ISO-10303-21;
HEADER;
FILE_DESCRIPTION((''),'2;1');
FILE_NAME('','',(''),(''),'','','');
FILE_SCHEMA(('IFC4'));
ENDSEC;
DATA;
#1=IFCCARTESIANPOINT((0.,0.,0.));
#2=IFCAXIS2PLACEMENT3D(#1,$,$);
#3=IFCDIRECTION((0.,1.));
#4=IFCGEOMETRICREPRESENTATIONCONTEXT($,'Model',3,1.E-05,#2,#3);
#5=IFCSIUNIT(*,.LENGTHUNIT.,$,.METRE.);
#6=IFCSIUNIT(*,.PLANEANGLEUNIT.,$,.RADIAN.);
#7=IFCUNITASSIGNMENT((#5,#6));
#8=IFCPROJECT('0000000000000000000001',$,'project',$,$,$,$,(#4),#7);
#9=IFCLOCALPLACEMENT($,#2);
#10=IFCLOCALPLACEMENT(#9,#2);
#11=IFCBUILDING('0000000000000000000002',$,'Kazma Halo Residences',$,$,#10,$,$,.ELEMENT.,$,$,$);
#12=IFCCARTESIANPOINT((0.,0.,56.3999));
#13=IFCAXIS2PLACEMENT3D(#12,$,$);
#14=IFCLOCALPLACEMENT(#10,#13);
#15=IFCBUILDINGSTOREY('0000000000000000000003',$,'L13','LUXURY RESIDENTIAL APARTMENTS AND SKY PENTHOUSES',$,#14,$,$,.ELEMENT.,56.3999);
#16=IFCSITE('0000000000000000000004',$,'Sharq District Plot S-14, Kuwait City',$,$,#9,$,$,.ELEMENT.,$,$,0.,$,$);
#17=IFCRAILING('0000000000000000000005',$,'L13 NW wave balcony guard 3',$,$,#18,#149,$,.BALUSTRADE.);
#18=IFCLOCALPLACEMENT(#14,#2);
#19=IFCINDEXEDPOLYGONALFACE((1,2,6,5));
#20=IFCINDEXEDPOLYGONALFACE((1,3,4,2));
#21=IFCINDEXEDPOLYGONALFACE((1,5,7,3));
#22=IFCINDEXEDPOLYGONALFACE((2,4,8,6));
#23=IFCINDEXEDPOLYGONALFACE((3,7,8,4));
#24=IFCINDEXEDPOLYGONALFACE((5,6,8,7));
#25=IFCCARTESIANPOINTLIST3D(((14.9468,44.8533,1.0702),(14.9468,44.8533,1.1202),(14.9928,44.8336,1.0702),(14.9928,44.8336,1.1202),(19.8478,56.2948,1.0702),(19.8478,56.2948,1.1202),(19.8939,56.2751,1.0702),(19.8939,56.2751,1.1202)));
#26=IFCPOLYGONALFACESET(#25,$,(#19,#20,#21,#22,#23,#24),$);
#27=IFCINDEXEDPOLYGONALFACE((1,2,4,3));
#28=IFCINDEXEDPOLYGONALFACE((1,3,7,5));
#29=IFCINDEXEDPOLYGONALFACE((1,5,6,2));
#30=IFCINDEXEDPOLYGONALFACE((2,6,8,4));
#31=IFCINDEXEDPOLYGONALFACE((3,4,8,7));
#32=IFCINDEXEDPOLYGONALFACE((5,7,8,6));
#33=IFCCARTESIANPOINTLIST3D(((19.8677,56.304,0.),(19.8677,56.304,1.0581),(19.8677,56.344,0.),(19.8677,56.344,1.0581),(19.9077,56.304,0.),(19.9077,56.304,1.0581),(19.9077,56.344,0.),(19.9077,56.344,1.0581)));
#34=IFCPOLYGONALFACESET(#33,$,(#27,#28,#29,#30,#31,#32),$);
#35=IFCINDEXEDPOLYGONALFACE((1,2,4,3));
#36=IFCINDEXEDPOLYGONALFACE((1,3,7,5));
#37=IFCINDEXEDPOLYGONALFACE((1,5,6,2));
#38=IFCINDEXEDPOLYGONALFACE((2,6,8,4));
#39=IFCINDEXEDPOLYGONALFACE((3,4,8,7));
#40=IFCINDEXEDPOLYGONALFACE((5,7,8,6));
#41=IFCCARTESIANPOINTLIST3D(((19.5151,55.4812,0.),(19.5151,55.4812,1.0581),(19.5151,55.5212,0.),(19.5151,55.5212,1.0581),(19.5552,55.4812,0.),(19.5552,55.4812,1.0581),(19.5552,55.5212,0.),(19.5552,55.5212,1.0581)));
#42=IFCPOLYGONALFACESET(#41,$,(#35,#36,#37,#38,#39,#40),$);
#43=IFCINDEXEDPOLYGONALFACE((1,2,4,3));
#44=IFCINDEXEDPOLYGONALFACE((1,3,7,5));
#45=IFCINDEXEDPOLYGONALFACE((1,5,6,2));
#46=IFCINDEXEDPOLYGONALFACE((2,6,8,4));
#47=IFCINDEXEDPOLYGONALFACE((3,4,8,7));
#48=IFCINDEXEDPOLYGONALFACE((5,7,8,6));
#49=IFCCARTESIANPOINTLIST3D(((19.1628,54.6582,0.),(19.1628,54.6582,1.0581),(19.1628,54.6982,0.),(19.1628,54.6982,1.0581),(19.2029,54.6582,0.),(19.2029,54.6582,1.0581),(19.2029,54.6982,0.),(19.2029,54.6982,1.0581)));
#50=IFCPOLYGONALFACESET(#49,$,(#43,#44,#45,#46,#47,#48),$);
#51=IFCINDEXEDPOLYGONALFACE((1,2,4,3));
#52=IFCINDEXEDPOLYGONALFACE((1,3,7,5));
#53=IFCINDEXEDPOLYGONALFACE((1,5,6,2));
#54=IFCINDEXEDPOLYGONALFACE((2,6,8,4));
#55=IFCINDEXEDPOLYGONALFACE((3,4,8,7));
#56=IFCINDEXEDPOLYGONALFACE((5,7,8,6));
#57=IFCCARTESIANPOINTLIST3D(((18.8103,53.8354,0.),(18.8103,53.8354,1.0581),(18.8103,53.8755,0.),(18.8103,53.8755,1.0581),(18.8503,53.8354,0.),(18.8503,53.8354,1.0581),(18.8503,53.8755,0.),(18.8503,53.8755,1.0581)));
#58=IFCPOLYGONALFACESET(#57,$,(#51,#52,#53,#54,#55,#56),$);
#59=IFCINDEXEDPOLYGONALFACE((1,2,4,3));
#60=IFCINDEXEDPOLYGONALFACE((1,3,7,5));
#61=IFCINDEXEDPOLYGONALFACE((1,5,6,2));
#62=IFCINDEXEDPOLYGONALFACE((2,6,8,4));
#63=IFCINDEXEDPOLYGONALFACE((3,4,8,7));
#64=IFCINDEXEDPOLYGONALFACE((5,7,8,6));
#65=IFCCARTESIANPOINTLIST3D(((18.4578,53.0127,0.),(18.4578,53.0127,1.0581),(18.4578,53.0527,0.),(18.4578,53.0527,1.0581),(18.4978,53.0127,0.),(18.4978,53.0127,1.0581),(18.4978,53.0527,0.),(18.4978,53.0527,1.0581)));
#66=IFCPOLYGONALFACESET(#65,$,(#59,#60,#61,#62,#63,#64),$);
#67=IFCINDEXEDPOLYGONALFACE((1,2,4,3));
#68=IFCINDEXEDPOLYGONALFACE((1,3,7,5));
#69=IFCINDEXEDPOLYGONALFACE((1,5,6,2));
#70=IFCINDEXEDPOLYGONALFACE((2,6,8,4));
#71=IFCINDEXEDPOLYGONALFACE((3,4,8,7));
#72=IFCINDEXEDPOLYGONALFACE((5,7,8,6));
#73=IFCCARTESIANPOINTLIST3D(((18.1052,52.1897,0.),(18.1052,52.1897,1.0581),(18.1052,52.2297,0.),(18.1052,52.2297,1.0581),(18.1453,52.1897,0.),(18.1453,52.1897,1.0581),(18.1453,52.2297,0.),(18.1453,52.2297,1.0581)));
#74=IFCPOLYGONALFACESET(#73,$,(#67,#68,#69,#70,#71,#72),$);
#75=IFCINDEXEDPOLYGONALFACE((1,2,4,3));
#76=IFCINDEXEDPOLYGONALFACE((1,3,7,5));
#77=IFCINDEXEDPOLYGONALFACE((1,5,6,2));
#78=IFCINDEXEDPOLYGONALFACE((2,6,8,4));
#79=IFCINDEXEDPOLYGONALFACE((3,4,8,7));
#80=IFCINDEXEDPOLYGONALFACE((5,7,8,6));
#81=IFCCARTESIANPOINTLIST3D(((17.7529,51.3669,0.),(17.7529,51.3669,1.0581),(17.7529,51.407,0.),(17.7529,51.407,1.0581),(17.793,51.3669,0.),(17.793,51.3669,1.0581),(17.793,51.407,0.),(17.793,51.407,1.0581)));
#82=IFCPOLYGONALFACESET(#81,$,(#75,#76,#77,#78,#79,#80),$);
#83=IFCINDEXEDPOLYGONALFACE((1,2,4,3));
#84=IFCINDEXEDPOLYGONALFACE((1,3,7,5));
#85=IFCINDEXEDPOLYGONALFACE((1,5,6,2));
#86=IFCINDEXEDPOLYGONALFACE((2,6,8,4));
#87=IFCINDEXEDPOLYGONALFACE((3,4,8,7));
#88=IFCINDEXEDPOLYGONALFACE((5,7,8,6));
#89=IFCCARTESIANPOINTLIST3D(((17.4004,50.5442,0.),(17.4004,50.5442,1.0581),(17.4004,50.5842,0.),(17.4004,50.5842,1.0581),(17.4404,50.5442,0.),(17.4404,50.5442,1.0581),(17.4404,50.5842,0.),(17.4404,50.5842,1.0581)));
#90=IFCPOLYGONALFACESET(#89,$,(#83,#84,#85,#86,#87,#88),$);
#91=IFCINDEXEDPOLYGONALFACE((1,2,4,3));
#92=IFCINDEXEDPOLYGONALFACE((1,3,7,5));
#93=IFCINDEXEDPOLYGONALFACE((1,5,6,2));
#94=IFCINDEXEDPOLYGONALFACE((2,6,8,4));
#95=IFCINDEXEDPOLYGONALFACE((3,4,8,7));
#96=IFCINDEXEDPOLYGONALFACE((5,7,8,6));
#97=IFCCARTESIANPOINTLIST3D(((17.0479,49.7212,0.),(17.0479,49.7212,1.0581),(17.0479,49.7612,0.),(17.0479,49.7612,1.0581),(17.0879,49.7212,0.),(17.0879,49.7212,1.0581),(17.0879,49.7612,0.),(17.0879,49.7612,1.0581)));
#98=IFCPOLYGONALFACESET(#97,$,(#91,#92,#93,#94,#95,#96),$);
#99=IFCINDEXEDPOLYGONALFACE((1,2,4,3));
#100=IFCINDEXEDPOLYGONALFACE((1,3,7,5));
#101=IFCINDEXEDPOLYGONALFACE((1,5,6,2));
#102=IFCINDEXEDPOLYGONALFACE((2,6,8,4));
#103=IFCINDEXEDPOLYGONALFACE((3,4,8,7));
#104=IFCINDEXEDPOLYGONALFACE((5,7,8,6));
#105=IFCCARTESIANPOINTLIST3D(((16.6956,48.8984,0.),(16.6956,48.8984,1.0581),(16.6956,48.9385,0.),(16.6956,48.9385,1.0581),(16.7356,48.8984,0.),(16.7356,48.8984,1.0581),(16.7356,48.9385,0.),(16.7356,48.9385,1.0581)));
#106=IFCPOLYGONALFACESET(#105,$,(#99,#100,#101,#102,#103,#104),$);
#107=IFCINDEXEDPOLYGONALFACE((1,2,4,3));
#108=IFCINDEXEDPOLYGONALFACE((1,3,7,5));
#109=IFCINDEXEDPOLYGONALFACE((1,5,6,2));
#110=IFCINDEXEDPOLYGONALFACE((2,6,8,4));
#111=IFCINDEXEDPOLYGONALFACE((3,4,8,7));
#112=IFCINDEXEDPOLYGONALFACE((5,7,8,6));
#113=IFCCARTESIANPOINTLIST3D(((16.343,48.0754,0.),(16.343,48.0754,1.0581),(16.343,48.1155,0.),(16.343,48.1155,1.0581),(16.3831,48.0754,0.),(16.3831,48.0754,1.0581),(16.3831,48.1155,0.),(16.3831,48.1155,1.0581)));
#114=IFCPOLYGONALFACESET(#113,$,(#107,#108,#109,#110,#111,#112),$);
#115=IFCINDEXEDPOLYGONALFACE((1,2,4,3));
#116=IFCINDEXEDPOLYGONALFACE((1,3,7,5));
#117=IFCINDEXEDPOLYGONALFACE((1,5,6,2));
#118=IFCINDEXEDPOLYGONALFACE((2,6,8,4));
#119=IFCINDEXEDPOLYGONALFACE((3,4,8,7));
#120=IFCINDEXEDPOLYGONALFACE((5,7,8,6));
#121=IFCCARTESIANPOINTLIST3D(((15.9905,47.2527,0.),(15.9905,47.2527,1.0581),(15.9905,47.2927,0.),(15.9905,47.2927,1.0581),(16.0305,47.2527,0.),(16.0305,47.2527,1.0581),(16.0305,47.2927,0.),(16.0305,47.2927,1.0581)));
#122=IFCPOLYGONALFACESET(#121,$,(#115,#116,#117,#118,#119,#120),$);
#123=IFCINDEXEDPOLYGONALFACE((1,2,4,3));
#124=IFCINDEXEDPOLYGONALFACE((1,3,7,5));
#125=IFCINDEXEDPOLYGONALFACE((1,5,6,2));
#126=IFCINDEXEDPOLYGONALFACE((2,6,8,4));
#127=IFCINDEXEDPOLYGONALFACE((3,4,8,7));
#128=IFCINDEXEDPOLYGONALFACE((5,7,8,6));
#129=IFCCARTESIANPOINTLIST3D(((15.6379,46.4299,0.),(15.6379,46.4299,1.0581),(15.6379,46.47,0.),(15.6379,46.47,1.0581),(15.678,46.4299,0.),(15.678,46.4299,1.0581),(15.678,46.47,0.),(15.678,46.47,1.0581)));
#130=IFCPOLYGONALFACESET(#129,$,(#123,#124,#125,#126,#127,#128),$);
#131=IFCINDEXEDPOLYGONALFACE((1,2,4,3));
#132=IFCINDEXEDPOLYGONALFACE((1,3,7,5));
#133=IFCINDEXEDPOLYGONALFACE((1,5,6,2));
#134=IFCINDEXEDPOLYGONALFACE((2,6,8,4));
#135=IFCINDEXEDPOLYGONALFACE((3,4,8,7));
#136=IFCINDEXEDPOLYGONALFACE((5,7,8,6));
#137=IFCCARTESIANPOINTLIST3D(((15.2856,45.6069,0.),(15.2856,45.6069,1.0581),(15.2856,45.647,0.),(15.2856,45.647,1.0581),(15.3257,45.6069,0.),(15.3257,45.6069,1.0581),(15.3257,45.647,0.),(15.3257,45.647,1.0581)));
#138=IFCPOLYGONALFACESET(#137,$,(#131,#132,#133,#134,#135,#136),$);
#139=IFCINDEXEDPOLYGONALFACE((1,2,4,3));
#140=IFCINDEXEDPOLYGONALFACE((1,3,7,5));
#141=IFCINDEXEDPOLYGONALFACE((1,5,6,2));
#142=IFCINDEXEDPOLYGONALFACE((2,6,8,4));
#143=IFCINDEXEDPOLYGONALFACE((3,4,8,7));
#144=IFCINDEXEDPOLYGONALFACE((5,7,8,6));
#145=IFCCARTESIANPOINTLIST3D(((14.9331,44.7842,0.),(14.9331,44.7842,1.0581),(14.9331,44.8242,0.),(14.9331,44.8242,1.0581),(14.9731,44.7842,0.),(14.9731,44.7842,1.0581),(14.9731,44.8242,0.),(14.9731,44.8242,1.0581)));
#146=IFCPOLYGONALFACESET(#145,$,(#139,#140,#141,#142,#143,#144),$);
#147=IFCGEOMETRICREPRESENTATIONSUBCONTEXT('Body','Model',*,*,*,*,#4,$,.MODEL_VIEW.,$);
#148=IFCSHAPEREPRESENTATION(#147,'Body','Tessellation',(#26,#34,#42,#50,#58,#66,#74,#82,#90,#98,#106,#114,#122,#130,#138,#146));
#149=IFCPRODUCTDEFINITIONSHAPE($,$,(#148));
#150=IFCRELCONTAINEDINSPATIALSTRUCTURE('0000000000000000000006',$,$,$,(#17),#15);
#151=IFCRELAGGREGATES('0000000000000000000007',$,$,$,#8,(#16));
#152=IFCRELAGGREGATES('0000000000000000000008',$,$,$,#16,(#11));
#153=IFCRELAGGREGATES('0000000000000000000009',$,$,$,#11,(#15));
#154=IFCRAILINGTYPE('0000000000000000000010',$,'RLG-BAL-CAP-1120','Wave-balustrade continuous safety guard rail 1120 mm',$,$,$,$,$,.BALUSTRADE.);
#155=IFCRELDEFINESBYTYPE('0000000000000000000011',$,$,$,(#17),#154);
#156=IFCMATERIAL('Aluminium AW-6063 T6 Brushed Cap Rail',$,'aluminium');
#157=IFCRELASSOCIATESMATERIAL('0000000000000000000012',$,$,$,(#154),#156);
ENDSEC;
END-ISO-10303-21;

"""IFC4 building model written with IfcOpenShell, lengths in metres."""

from ifc_helpers import new_model, si_unit, direction, frame, origin, origin_2d, place, context, subcontext, project, spatial, rectangle, extrude, material, type_object, element, save


model = new_model("IFC4")

# Units and contexts
model_context = context("Model", 3, precision=1e-05, world=origin(), true_north=direction((0.0, 1.0)))
body_context = subcontext(model_context, "Body", "Model", "MODEL_VIEW")
ifc_project = project(units=[si_unit("LENGTHUNIT", "METRE"), si_unit("PLANEANGLEUNIT", "RADIAN")], contexts=[model_context])

# Site, building, storey
site_placement = place(None, origin())
site = spatial("IfcSite", under=ifc_project, at=site_placement, Name="Sharq District Plot S-14, Kuwait City", CompositionType="ELEMENT", RefElevation=0.0)
building_placement = place(site_placement, origin())
building = spatial("IfcBuilding", under=site, at=building_placement, Name="Kazma Halo Residences", CompositionType="ELEMENT")
storey_placement = place(building_placement, frame((0.0, 0.0, 56.3999)))
storey = spatial("IfcBuildingStorey", under=building, at=storey_placement, Name="L13", Description="LUXURY RESIDENTIAL APARTMENTS AND SKY PENTHOUSES", CompositionType="ELEMENT", Elevation=56.3999)

# Railing
ifc_material_1 = material(Name="Aluminium AW-6063 T6 Brushed Cap Rail", Category="aluminium")
railing_type = type_object("IfcRailingType", Name="RLG-BAL-CAP-1120", Description="Wave-balustrade continuous safety guard rail 1120 mm", PredefinedType="BALUSTRADE", material=ifc_material_1)
railing_1_placement = place(storey_placement, frame((19.8877, 56.324, 0.0)))
element("IfcRailing", 1, at=railing_1_placement, inside=storey, type_object=railing_type, Name="L13 NW wave balcony guard 3", PredefinedType="BALUSTRADE", context=body_context, shape_type="SweptSolid", body=[
    extrude(rectangle(XDim=0.05, YDim=0.05, at=origin_2d()), frame((-0.0168, -0.0391, 1.0952), z_axis=(-0.393752, -0.919217, 0.0), x_axis=(0.919217, -0.393752, 0.0)), (0.0, 0.0, 1.0), 12.447),
    extrude(rectangle(XDim=0.04, YDim=0.04, at=origin_2d()), origin(), (0.0, 0.0, 1.0), 1.0581),
    extrude(rectangle(XDim=0.04, YDim=0.04, at=origin_2d()), frame((-0.3525, -0.8228, 0.0)), (0.0, 0.0, 1.0), 1.0581),
    extrude(rectangle(XDim=0.04, YDim=0.04, at=origin_2d()), frame((-0.7048, -1.6458, 0.0)), (0.0, 0.0, 1.0), 1.0581),
    extrude(rectangle(XDim=0.04, YDim=0.04, at=origin_2d()), frame((-1.0574, -2.4685, 0.0)), (0.0, 0.0, 1.0), 1.0581),
    extrude(rectangle(XDim=0.04, YDim=0.04, at=origin_2d()), frame((-1.4099, -3.2913, 0.0)), (0.0, 0.0, 1.0), 1.0581),
    extrude(rectangle(XDim=0.04, YDim=0.04, at=origin_2d()), frame((-1.7625, -4.1143, 0.0)), (0.0, 0.0, 1.0), 1.0581),
    extrude(rectangle(XDim=0.04, YDim=0.04, at=origin_2d()), frame((-2.1147, -4.937, 0.0)), (0.0, 0.0, 1.0), 1.0581),
    extrude(rectangle(XDim=0.04, YDim=0.04, at=origin_2d()), frame((-2.4673, -5.7598, 0.0)), (0.0, 0.0, 1.0), 1.0581),
    extrude(rectangle(XDim=0.04, YDim=0.04, at=origin_2d()), frame((-2.8198, -6.5828, 0.0)), (0.0, 0.0, 1.0), 1.0581),
    extrude(rectangle(XDim=0.04, YDim=0.04, at=origin_2d()), frame((-3.1721, -7.4055, 0.0)), (0.0, 0.0, 1.0), 1.0581),
    extrude(rectangle(XDim=0.04, YDim=0.04, at=origin_2d()), frame((-3.5247, -8.2285, 0.0)), (0.0, 0.0, 1.0), 1.0581),
    extrude(rectangle(XDim=0.04, YDim=0.04, at=origin_2d()), frame((-3.8772, -9.0513, 0.0)), (0.0, 0.0, 1.0), 1.0581),
    extrude(rectangle(XDim=0.04, YDim=0.04, at=origin_2d()), frame((-4.2297, -9.874, 0.0)), (0.0, 0.0, 1.0), 1.0581),
    extrude(rectangle(XDim=0.04, YDim=0.04, at=origin_2d()), frame((-4.582, -10.697, 0.0)), (0.0, 0.0, 1.0), 1.0581),
    extrude(rectangle(XDim=0.04, YDim=0.04, at=origin_2d()), frame((-4.9346, -11.5198, 0.0)), (0.0, 0.0, 1.0), 1.0581),
])

save(model, "model.ifc")
